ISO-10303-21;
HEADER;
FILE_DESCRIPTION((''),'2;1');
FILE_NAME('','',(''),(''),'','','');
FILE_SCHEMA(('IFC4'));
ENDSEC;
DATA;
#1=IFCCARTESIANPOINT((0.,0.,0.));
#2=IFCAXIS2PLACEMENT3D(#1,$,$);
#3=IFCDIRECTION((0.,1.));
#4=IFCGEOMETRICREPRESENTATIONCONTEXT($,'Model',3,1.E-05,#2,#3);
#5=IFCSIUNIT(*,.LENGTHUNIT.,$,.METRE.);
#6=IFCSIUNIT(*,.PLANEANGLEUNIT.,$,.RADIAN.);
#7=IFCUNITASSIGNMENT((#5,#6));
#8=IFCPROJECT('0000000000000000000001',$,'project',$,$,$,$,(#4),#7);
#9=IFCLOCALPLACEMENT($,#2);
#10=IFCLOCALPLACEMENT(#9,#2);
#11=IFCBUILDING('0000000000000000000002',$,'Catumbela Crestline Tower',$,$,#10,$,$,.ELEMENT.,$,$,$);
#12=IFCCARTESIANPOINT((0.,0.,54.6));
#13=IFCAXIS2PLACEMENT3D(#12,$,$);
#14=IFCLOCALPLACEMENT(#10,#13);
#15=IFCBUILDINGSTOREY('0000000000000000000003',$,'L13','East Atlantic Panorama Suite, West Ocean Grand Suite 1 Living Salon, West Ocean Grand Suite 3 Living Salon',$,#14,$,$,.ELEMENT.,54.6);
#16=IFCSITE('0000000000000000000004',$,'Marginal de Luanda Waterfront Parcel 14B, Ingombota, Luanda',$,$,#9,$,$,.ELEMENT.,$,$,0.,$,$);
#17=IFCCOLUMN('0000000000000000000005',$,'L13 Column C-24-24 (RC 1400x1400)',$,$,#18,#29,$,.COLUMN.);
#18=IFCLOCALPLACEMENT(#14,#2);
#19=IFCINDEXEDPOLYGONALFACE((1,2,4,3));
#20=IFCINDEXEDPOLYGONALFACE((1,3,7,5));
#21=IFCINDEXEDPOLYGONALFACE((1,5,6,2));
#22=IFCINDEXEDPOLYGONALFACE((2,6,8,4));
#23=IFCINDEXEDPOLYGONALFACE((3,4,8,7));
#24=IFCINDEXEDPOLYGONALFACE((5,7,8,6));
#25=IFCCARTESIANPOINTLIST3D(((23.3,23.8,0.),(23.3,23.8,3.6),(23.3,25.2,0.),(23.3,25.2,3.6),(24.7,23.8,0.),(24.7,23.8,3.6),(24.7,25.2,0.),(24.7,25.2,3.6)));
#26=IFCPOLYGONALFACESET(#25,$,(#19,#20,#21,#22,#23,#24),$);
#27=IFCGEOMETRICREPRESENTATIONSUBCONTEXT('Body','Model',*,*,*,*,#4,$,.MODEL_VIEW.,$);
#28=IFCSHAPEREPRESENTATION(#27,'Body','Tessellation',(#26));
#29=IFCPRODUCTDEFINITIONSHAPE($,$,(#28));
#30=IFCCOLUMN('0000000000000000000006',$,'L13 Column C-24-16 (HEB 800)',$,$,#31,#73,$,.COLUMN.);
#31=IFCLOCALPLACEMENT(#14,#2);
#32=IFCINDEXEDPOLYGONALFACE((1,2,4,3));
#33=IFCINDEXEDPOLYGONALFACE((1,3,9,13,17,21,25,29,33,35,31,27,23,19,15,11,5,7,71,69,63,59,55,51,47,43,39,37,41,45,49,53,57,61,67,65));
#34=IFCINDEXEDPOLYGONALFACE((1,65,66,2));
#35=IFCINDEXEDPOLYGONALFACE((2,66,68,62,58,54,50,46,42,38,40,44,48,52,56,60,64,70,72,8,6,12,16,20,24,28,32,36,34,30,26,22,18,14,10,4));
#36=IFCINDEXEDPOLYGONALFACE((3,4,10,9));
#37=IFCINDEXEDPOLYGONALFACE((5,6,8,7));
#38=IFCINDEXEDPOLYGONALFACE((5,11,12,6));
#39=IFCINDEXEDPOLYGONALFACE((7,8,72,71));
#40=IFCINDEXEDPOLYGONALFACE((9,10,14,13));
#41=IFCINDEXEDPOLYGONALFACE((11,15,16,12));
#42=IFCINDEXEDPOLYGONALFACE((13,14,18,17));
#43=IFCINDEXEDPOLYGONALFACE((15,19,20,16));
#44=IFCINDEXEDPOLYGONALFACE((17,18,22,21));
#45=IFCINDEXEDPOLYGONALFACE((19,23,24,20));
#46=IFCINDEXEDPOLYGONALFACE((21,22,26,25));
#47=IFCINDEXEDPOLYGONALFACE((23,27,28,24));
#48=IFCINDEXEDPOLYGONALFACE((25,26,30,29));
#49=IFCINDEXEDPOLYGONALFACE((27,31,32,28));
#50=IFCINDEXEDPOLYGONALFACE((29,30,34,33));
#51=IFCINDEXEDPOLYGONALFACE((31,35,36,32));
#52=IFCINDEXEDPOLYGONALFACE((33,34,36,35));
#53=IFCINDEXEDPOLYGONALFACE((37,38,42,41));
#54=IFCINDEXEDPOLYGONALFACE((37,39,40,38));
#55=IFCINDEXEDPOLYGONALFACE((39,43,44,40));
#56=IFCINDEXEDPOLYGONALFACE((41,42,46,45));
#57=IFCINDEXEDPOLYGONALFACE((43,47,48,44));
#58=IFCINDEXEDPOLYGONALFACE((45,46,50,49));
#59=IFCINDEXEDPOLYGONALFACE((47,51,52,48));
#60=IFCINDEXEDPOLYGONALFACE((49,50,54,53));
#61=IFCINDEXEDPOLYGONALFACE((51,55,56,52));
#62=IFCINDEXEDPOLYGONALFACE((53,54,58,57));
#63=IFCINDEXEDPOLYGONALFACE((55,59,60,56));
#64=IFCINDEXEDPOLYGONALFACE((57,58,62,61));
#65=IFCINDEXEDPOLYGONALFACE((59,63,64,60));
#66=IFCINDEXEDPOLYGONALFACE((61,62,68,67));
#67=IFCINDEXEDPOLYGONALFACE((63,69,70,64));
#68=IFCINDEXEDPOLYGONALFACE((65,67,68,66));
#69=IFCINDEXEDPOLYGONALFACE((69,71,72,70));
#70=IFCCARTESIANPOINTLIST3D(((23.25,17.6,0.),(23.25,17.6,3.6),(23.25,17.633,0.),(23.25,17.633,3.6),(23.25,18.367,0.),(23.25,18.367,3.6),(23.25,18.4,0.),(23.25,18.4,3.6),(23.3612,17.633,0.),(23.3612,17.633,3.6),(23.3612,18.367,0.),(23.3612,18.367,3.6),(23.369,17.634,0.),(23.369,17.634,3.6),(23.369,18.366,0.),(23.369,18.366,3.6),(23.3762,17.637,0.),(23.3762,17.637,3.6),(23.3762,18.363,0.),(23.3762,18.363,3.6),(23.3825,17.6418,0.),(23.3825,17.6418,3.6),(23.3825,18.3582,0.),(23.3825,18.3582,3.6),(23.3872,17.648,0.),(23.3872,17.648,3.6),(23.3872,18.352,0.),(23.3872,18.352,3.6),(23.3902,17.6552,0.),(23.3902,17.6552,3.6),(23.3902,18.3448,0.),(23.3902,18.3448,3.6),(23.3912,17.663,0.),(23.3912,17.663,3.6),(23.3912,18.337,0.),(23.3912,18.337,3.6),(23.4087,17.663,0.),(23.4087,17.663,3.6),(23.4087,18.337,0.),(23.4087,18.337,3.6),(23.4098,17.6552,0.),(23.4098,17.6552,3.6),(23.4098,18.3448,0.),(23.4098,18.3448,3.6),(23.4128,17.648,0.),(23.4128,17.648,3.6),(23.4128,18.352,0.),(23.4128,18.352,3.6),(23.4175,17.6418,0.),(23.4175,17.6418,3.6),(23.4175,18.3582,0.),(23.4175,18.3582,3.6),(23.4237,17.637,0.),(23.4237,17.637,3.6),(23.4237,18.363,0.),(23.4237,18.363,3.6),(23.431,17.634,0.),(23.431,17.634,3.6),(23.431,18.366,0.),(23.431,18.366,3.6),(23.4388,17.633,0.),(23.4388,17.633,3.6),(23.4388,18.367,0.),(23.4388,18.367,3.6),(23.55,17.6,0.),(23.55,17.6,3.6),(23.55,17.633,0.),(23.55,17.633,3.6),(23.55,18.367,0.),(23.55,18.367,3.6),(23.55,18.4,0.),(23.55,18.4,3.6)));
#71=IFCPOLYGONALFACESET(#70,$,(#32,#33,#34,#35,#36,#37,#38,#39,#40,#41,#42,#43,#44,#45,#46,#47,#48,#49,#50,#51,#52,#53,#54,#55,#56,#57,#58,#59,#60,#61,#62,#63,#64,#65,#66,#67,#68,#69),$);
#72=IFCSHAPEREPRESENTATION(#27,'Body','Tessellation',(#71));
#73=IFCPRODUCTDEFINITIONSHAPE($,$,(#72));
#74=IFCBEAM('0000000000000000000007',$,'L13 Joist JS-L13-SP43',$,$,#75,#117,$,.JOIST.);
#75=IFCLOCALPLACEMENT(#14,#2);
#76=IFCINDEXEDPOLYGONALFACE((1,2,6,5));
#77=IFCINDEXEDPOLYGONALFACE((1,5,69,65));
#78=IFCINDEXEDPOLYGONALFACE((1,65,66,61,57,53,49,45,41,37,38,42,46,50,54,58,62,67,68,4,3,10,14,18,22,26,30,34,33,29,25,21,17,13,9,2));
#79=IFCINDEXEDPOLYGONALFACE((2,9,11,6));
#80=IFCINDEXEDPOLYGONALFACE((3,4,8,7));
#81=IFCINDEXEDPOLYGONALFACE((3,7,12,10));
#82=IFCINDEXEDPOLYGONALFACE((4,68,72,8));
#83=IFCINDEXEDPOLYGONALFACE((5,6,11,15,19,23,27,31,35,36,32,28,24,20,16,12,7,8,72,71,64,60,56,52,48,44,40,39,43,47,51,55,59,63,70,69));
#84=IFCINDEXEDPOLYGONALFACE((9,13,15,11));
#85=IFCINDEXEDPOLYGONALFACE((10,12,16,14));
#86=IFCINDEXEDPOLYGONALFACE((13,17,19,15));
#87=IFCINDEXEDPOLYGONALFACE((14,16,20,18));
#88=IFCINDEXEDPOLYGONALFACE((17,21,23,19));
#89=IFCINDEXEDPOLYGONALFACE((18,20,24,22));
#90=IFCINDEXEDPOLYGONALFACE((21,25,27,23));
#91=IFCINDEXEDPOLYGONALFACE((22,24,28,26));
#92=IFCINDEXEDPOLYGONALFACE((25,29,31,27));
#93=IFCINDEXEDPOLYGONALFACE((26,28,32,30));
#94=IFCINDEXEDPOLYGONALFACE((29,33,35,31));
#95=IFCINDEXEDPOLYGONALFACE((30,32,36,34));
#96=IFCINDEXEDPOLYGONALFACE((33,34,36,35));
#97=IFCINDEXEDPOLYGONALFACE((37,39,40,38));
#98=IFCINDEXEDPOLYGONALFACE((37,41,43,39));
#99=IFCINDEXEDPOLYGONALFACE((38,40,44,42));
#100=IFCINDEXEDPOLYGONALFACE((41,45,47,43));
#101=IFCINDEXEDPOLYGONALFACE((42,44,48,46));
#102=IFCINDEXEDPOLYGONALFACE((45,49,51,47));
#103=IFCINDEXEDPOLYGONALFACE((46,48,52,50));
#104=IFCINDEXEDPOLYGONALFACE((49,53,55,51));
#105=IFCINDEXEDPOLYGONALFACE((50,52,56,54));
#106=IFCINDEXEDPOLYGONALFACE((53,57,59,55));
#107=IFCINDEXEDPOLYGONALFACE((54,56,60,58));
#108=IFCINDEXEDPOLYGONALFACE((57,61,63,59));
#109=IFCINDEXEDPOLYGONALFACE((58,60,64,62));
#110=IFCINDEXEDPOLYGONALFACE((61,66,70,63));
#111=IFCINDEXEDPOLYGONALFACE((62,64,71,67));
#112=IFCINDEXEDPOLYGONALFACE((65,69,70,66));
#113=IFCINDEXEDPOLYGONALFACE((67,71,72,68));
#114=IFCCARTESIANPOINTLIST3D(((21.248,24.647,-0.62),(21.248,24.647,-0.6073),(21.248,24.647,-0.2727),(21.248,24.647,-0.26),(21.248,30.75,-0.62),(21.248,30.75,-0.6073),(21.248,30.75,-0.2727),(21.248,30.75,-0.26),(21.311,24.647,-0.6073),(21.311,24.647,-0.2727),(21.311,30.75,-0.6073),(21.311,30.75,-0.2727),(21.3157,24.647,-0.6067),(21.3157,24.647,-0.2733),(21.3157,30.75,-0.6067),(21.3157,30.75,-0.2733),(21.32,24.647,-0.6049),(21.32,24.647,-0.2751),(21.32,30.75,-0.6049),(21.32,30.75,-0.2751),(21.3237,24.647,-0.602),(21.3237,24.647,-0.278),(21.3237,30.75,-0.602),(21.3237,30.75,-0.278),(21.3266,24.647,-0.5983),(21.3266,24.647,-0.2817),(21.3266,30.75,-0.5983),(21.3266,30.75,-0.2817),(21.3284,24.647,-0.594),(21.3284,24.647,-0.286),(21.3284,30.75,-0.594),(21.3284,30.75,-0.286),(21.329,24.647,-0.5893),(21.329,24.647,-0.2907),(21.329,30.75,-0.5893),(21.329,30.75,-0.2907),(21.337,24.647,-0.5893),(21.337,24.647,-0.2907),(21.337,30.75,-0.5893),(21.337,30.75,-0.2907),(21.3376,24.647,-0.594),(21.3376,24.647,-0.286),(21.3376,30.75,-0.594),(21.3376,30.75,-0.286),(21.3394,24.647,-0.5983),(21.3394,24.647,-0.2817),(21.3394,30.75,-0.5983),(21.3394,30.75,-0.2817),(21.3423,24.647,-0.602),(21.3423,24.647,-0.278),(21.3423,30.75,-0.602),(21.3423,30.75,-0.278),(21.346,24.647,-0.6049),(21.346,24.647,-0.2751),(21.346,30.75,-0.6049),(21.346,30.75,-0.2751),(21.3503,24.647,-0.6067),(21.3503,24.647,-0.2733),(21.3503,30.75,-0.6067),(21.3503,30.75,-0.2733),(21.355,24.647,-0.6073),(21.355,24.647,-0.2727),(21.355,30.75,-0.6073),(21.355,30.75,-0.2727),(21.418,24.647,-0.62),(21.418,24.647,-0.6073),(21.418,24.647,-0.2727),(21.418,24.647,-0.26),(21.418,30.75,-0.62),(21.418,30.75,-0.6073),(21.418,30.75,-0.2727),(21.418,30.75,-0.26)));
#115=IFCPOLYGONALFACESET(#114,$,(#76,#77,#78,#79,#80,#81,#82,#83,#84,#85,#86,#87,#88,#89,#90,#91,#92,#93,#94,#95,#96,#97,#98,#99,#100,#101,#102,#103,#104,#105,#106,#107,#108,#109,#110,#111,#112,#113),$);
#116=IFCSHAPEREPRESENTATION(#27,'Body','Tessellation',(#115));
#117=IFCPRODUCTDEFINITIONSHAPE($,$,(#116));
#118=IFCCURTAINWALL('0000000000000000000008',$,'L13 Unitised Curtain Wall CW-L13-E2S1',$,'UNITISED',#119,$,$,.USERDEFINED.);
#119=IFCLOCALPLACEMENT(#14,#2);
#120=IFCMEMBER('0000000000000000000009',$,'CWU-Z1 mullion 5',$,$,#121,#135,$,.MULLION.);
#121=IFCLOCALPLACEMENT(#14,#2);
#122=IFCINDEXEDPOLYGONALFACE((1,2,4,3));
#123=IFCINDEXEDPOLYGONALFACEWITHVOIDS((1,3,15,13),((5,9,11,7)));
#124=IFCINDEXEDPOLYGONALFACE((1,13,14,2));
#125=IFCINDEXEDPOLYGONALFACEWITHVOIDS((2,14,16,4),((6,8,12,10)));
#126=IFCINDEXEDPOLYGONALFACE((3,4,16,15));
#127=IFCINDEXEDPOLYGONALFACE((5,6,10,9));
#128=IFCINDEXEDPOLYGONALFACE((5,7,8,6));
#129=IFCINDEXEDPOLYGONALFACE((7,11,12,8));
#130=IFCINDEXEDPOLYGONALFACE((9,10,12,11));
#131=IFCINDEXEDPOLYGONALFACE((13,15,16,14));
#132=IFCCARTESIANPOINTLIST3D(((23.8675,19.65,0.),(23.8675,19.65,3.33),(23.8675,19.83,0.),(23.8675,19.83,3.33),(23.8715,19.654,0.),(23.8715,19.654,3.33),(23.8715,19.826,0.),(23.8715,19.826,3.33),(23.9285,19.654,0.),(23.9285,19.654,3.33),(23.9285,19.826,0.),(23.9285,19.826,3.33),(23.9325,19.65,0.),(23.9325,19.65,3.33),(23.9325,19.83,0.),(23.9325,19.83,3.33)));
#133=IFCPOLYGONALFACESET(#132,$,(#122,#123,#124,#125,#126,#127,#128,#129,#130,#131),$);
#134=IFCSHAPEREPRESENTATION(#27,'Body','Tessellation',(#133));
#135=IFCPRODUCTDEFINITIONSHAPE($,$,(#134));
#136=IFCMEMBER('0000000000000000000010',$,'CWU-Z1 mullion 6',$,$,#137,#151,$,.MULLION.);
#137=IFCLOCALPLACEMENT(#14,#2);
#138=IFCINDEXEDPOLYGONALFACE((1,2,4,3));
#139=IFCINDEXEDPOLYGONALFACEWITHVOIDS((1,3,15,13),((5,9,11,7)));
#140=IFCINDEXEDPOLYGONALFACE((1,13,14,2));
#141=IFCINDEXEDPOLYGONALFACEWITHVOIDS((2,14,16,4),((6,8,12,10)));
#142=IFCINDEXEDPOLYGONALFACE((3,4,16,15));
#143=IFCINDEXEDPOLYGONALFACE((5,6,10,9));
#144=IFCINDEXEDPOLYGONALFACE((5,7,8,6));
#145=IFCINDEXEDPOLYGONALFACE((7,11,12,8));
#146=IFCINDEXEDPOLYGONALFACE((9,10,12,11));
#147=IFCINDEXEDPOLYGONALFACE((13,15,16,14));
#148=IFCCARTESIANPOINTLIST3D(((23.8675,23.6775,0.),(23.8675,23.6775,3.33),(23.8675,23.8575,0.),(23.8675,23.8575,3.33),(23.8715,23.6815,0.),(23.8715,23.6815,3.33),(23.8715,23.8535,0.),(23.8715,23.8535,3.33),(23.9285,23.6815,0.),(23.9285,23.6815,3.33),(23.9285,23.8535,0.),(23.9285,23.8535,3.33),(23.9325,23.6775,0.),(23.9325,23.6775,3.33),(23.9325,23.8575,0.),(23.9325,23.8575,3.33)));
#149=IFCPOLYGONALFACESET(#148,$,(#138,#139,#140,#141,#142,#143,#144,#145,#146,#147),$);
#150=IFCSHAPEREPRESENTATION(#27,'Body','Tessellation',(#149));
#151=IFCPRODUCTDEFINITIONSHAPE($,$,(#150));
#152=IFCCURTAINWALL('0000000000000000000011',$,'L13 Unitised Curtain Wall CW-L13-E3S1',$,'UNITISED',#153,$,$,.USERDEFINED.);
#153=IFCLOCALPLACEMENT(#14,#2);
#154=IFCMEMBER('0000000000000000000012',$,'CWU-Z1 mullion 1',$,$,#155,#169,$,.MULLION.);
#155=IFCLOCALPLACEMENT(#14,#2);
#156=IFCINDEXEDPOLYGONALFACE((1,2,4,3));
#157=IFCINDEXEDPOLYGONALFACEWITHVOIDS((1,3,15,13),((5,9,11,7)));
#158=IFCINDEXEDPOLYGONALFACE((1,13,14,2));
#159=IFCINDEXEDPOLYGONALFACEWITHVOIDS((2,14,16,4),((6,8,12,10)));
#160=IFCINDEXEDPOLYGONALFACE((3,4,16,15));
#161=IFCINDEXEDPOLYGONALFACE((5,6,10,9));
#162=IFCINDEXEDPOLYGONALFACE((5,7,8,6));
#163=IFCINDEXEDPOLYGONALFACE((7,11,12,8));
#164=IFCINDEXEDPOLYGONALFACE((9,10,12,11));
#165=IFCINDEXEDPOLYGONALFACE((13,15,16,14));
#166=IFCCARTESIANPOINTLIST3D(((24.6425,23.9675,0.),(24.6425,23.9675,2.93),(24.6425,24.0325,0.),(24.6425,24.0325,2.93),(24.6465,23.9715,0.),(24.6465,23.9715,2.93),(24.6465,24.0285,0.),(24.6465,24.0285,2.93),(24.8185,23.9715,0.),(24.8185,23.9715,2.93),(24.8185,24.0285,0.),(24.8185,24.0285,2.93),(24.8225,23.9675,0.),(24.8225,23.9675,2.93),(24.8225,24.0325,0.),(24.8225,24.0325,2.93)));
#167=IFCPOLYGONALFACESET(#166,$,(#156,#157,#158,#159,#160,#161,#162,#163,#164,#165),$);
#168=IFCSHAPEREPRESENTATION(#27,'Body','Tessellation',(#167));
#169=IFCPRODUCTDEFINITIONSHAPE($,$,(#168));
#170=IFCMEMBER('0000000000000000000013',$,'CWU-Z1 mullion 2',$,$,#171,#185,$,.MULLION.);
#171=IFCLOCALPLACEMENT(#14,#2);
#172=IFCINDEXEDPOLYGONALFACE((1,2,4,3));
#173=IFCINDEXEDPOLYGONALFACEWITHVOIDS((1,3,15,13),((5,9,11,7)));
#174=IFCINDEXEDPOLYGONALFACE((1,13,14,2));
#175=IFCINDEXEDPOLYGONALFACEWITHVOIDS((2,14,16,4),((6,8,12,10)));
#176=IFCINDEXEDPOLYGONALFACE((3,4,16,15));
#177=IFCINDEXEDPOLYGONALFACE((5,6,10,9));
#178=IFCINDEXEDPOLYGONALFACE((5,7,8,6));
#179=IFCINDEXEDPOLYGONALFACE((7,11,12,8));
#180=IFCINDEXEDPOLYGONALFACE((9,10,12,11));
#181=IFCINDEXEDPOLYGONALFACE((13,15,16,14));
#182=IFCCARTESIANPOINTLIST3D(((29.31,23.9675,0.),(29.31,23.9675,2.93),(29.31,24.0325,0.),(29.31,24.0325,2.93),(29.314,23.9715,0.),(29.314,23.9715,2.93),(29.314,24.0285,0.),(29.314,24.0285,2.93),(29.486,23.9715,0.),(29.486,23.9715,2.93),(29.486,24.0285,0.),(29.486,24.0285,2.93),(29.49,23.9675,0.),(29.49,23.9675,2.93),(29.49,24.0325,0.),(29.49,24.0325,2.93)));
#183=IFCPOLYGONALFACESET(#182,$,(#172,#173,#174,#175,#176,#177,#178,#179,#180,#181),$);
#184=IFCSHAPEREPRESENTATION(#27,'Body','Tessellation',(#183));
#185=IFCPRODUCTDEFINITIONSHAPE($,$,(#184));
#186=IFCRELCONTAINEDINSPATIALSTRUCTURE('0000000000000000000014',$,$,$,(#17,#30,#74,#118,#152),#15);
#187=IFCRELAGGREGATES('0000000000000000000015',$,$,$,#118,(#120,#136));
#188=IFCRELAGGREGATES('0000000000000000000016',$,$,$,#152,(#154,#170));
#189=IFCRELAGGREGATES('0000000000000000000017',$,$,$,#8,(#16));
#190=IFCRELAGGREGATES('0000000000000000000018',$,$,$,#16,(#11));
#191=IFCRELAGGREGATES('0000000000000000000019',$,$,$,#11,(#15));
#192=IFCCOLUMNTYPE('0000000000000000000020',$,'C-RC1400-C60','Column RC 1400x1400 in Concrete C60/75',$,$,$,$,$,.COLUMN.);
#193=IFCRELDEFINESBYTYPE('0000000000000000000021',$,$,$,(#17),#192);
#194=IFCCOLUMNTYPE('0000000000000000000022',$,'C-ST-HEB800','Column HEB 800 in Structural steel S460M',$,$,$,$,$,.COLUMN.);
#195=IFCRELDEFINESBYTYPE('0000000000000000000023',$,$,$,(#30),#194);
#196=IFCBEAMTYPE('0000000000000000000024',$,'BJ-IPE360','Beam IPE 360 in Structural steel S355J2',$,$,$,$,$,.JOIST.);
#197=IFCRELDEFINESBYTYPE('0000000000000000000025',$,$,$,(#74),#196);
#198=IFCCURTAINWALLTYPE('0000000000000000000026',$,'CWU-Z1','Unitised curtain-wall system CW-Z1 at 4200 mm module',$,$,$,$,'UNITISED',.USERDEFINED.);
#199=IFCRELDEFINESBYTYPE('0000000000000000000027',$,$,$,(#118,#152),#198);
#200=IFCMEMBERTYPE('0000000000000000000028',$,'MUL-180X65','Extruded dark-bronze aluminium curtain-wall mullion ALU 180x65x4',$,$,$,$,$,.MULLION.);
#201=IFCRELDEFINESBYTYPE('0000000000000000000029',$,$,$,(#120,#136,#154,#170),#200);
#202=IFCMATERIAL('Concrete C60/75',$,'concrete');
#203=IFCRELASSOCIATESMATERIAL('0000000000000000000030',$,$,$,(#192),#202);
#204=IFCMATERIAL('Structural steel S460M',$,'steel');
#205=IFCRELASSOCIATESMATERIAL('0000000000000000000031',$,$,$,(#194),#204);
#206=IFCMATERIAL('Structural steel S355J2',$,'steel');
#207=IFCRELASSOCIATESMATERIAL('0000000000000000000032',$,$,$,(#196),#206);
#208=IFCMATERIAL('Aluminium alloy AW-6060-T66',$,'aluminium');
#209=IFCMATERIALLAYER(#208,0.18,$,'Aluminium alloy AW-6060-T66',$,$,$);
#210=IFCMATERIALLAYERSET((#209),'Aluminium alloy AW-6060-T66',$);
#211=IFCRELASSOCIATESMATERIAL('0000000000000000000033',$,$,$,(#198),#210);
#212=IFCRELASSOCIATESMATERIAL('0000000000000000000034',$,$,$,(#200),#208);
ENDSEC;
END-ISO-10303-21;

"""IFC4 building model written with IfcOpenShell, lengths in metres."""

from ifc_helpers import new_model, si_unit, direction, frame, origin, origin_2d, place, context, subcontext, project, spatial, rectangle, hollow_rectangle, i_section, extrude, material, layer, layer_set, material_profile, profile_set, type_object, element, aggregate, save


model = new_model("IFC4")

# Units and contexts
model_context = context("Model", 3, precision=1e-05, world=origin(), true_north=direction((0.0, 1.0)))
body_context = subcontext(model_context, "Body", "Model", "MODEL_VIEW")
ifc_project = project(units=[si_unit("LENGTHUNIT", "METRE"), si_unit("PLANEANGLEUNIT", "RADIAN")], contexts=[model_context])

# Site, building, storey
site_placement = place(None, origin())
site = spatial("IfcSite", under=ifc_project, at=site_placement, Name="Marginal de Luanda Waterfront Parcel 14B, Ingombota, Luanda", CompositionType="ELEMENT", RefElevation=0.0)
building_placement = place(site_placement, origin())
building = spatial("IfcBuilding", under=site, at=building_placement, Name="Catumbela Crestline Tower", CompositionType="ELEMENT")
storey_placement = place(building_placement, frame((0.0, 0.0, 54.6)))
storey = spatial("IfcBuildingStorey", under=building, at=storey_placement, Name="L13", Description="East Atlantic Panorama Suite, West Ocean Grand Suite 1 Living Salon, West Ocean Grand Suite 3 Living Salon", CompositionType="ELEMENT", Elevation=54.6)

# Columns
ifc_material_1 = material(Name="Concrete C60/75", Category="concrete")
ifc_material_profile_1 = material_profile(ifc_material_1, rectangle(XDim=1.4, YDim=1.4, at=origin_2d()), Name="RC 1400x1400")
ifc_profile_set_1 = profile_set([ifc_material_profile_1], Name="Concrete C60/75")
column_type_1 = type_object("IfcColumnType", Name="C-RC1400-C60", Description="Column RC 1400x1400 in Concrete C60/75", PredefinedType="COLUMN", material=ifc_profile_set_1)
column_1_placement = place(storey_placement, frame((24.0, 24.5, 0.0), z_axis=(0.0, 0.0, 1.0), x_axis=(1.0, 0.0, 0.0)))
element("IfcColumn", 1, at=column_1_placement, inside=storey, type_object=column_type_1, Name="L13 Column C-24-24 (RC 1400x1400)", PredefinedType="COLUMN", context=body_context, shape_type="SweptSolid", body=[
    extrude(rectangle(XDim=1.4, YDim=1.4, at=origin_2d()), origin(), (0.0, 0.0, 1.0), 3.6),
])
ifc_material_2 = material(Name="Structural steel S460M", Category="steel")
ifc_material_profile_2 = material_profile(ifc_material_2, i_section(OverallWidth=0.3, OverallDepth=0.8, WebThickness=0.0175, FlangeThickness=0.033, FilletRadius=0.03, at=origin_2d()), Name="HEB 800")
ifc_profile_set_2 = profile_set([ifc_material_profile_2], Name="Structural steel S460M")
column_type_2 = type_object("IfcColumnType", Name="C-ST-HEB800", Description="Column HEB 800 in Structural steel S460M", PredefinedType="COLUMN", material=ifc_profile_set_2)
column_2_placement = place(storey_placement, frame((23.4, 18.0, 0.0), z_axis=(0.0, 0.0, 1.0), x_axis=(1.0, 0.0, 0.0)))
element("IfcColumn", 2, at=column_2_placement, inside=storey, type_object=column_type_2, Name="L13 Column C-24-16 (HEB 800)", PredefinedType="COLUMN", context=body_context, shape_type="SweptSolid", body=[
    extrude(i_section(OverallWidth=0.3, OverallDepth=0.8, WebThickness=0.0175, FlangeThickness=0.033, FilletRadius=0.03, at=origin_2d()), origin(), (0.0, 0.0, 1.0), 3.6),
])

# Beam
ifc_material_3 = material(Name="Structural steel S355J2", Category="steel")
ifc_material_profile_3 = material_profile(ifc_material_3, i_section(OverallWidth=0.17, OverallDepth=0.36, WebThickness=0.008, FlangeThickness=0.0127, FilletRadius=0.018, at=origin_2d()), Name="IPE 360")
ifc_profile_set_3 = profile_set([ifc_material_profile_3], Name="Structural steel S355J2")
beam_type_1 = type_object("IfcBeamType", Name="BJ-IPE360", Description="Beam IPE 360 in Structural steel S355J2", PredefinedType="JOIST", material=ifc_profile_set_3)
beam_1_placement = place(storey_placement, frame((21.333, 24.647, -0.44), z_axis=(0.0, 1.0, 0.0), x_axis=(-1.0, 0.0, 0.0)))
element("IfcBeam", 3, at=beam_1_placement, inside=storey, type_object=beam_type_1, Name="L13 Joist JS-L13-SP43", PredefinedType="JOIST", context=body_context, shape_type="SweptSolid", body=[
    extrude(i_section(OverallWidth=0.17, OverallDepth=0.36, WebThickness=0.008, FlangeThickness=0.0127, FilletRadius=0.018, at=origin_2d()), origin(), (0.0, 0.0, 1.0), 6.103),
])

# Curtain walls, members
ifc_material_4 = material(Name="Aluminium alloy AW-6060-T66", Category="aluminium")
ifc_layer_1 = layer(ifc_material_4, 0.18, Name="Aluminium alloy AW-6060-T66")
ifc_layer_set_1 = layer_set([ifc_layer_1], Name="Aluminium alloy AW-6060-T66")
curtain_wall_type = type_object("IfcCurtainWallType", Name="CWU-Z1", Description="Unitised curtain-wall system CW-Z1 at 4200 mm module", ElementType="UNITISED", PredefinedType="USERDEFINED", material=ifc_layer_set_1)
curtain_wall_1_placement = place(storey_placement, origin())
curtain_wall_1 = element("IfcCurtainWall", 4, at=curtain_wall_1_placement, inside=storey, type_object=curtain_wall_type, Name="L13 Unitised Curtain Wall CW-L13-E2S1", ObjectType="UNITISED", PredefinedType="USERDEFINED")
ifc_material_profile_4 = material_profile(ifc_material_4, hollow_rectangle(XDim=0.065, YDim=0.18, WallThickness=0.004, at=origin_2d()), Name="ALU 180x65x4")
ifc_profile_set_4 = profile_set([ifc_material_profile_4], Name="Aluminium alloy AW-6060-T66")
member_type_1 = type_object("IfcMemberType", Name="MUL-180X65", Description="Extruded dark-bronze aluminium curtain-wall mullion ALU 180x65x4", PredefinedType="MULLION", material=ifc_profile_set_4)
member_1_placement = place(storey_placement, frame((23.9, 19.74, 0.0), z_axis=(0.0, 0.0, 1.0), x_axis=(-1.0, 0.0, 0.0)))
member_1 = element("IfcMember", 5, at=member_1_placement, type_object=member_type_1, Name="CWU-Z1 mullion 5", PredefinedType="MULLION", context=body_context, shape_type="SweptSolid", body=[
    extrude(hollow_rectangle(XDim=0.065, YDim=0.18, WallThickness=0.004, at=origin_2d()), origin(), (0.0, 0.0, 1.0), 3.33),
])
member_2_placement = place(storey_placement, frame((23.9, 23.7675, 0.0), z_axis=(0.0, 0.0, 1.0), x_axis=(-1.0, 0.0, 0.0)))
member_2 = element("IfcMember", 6, at=member_2_placement, type_object=member_type_1, Name="CWU-Z1 mullion 6", PredefinedType="MULLION", context=body_context, shape_type="SweptSolid", body=[
    extrude(hollow_rectangle(XDim=0.065, YDim=0.18, WallThickness=0.004, at=origin_2d()), origin(), (0.0, 0.0, 1.0), 3.33),
])
curtain_wall_2_placement = place(storey_placement, origin())
curtain_wall_2 = element("IfcCurtainWall", 7, at=curtain_wall_2_placement, inside=storey, type_object=curtain_wall_type, Name="L13 Unitised Curtain Wall CW-L13-E3S1", ObjectType="UNITISED", PredefinedType="USERDEFINED")
member_3_placement = place(storey_placement, frame((24.7325, 24.0, 0.0), z_axis=(0.0, 0.0, 1.0), x_axis=(0.0, 1.0, 0.0)))
member_3 = element("IfcMember", 8, at=member_3_placement, type_object=member_type_1, Name="CWU-Z1 mullion 1", PredefinedType="MULLION", context=body_context, shape_type="SweptSolid", body=[
    extrude(hollow_rectangle(XDim=0.065, YDim=0.18, WallThickness=0.004, at=origin_2d()), origin(), (0.0, 0.0, 1.0), 2.93),
])
member_4_placement = place(storey_placement, frame((29.4, 24.0, 0.0), z_axis=(0.0, 0.0, 1.0), x_axis=(0.0, 1.0, 0.0)))
member_4 = element("IfcMember", 9, at=member_4_placement, type_object=member_type_1, Name="CWU-Z1 mullion 2", PredefinedType="MULLION", context=body_context, shape_type="SweptSolid", body=[
    extrude(hollow_rectangle(XDim=0.065, YDim=0.18, WallThickness=0.004, at=origin_2d()), origin(), (0.0, 0.0, 1.0), 2.93),
])

aggregate(curtain_wall_1, [member_1, member_2])
aggregate(curtain_wall_2, [member_3, member_4])

save(model, "model.ifc")
